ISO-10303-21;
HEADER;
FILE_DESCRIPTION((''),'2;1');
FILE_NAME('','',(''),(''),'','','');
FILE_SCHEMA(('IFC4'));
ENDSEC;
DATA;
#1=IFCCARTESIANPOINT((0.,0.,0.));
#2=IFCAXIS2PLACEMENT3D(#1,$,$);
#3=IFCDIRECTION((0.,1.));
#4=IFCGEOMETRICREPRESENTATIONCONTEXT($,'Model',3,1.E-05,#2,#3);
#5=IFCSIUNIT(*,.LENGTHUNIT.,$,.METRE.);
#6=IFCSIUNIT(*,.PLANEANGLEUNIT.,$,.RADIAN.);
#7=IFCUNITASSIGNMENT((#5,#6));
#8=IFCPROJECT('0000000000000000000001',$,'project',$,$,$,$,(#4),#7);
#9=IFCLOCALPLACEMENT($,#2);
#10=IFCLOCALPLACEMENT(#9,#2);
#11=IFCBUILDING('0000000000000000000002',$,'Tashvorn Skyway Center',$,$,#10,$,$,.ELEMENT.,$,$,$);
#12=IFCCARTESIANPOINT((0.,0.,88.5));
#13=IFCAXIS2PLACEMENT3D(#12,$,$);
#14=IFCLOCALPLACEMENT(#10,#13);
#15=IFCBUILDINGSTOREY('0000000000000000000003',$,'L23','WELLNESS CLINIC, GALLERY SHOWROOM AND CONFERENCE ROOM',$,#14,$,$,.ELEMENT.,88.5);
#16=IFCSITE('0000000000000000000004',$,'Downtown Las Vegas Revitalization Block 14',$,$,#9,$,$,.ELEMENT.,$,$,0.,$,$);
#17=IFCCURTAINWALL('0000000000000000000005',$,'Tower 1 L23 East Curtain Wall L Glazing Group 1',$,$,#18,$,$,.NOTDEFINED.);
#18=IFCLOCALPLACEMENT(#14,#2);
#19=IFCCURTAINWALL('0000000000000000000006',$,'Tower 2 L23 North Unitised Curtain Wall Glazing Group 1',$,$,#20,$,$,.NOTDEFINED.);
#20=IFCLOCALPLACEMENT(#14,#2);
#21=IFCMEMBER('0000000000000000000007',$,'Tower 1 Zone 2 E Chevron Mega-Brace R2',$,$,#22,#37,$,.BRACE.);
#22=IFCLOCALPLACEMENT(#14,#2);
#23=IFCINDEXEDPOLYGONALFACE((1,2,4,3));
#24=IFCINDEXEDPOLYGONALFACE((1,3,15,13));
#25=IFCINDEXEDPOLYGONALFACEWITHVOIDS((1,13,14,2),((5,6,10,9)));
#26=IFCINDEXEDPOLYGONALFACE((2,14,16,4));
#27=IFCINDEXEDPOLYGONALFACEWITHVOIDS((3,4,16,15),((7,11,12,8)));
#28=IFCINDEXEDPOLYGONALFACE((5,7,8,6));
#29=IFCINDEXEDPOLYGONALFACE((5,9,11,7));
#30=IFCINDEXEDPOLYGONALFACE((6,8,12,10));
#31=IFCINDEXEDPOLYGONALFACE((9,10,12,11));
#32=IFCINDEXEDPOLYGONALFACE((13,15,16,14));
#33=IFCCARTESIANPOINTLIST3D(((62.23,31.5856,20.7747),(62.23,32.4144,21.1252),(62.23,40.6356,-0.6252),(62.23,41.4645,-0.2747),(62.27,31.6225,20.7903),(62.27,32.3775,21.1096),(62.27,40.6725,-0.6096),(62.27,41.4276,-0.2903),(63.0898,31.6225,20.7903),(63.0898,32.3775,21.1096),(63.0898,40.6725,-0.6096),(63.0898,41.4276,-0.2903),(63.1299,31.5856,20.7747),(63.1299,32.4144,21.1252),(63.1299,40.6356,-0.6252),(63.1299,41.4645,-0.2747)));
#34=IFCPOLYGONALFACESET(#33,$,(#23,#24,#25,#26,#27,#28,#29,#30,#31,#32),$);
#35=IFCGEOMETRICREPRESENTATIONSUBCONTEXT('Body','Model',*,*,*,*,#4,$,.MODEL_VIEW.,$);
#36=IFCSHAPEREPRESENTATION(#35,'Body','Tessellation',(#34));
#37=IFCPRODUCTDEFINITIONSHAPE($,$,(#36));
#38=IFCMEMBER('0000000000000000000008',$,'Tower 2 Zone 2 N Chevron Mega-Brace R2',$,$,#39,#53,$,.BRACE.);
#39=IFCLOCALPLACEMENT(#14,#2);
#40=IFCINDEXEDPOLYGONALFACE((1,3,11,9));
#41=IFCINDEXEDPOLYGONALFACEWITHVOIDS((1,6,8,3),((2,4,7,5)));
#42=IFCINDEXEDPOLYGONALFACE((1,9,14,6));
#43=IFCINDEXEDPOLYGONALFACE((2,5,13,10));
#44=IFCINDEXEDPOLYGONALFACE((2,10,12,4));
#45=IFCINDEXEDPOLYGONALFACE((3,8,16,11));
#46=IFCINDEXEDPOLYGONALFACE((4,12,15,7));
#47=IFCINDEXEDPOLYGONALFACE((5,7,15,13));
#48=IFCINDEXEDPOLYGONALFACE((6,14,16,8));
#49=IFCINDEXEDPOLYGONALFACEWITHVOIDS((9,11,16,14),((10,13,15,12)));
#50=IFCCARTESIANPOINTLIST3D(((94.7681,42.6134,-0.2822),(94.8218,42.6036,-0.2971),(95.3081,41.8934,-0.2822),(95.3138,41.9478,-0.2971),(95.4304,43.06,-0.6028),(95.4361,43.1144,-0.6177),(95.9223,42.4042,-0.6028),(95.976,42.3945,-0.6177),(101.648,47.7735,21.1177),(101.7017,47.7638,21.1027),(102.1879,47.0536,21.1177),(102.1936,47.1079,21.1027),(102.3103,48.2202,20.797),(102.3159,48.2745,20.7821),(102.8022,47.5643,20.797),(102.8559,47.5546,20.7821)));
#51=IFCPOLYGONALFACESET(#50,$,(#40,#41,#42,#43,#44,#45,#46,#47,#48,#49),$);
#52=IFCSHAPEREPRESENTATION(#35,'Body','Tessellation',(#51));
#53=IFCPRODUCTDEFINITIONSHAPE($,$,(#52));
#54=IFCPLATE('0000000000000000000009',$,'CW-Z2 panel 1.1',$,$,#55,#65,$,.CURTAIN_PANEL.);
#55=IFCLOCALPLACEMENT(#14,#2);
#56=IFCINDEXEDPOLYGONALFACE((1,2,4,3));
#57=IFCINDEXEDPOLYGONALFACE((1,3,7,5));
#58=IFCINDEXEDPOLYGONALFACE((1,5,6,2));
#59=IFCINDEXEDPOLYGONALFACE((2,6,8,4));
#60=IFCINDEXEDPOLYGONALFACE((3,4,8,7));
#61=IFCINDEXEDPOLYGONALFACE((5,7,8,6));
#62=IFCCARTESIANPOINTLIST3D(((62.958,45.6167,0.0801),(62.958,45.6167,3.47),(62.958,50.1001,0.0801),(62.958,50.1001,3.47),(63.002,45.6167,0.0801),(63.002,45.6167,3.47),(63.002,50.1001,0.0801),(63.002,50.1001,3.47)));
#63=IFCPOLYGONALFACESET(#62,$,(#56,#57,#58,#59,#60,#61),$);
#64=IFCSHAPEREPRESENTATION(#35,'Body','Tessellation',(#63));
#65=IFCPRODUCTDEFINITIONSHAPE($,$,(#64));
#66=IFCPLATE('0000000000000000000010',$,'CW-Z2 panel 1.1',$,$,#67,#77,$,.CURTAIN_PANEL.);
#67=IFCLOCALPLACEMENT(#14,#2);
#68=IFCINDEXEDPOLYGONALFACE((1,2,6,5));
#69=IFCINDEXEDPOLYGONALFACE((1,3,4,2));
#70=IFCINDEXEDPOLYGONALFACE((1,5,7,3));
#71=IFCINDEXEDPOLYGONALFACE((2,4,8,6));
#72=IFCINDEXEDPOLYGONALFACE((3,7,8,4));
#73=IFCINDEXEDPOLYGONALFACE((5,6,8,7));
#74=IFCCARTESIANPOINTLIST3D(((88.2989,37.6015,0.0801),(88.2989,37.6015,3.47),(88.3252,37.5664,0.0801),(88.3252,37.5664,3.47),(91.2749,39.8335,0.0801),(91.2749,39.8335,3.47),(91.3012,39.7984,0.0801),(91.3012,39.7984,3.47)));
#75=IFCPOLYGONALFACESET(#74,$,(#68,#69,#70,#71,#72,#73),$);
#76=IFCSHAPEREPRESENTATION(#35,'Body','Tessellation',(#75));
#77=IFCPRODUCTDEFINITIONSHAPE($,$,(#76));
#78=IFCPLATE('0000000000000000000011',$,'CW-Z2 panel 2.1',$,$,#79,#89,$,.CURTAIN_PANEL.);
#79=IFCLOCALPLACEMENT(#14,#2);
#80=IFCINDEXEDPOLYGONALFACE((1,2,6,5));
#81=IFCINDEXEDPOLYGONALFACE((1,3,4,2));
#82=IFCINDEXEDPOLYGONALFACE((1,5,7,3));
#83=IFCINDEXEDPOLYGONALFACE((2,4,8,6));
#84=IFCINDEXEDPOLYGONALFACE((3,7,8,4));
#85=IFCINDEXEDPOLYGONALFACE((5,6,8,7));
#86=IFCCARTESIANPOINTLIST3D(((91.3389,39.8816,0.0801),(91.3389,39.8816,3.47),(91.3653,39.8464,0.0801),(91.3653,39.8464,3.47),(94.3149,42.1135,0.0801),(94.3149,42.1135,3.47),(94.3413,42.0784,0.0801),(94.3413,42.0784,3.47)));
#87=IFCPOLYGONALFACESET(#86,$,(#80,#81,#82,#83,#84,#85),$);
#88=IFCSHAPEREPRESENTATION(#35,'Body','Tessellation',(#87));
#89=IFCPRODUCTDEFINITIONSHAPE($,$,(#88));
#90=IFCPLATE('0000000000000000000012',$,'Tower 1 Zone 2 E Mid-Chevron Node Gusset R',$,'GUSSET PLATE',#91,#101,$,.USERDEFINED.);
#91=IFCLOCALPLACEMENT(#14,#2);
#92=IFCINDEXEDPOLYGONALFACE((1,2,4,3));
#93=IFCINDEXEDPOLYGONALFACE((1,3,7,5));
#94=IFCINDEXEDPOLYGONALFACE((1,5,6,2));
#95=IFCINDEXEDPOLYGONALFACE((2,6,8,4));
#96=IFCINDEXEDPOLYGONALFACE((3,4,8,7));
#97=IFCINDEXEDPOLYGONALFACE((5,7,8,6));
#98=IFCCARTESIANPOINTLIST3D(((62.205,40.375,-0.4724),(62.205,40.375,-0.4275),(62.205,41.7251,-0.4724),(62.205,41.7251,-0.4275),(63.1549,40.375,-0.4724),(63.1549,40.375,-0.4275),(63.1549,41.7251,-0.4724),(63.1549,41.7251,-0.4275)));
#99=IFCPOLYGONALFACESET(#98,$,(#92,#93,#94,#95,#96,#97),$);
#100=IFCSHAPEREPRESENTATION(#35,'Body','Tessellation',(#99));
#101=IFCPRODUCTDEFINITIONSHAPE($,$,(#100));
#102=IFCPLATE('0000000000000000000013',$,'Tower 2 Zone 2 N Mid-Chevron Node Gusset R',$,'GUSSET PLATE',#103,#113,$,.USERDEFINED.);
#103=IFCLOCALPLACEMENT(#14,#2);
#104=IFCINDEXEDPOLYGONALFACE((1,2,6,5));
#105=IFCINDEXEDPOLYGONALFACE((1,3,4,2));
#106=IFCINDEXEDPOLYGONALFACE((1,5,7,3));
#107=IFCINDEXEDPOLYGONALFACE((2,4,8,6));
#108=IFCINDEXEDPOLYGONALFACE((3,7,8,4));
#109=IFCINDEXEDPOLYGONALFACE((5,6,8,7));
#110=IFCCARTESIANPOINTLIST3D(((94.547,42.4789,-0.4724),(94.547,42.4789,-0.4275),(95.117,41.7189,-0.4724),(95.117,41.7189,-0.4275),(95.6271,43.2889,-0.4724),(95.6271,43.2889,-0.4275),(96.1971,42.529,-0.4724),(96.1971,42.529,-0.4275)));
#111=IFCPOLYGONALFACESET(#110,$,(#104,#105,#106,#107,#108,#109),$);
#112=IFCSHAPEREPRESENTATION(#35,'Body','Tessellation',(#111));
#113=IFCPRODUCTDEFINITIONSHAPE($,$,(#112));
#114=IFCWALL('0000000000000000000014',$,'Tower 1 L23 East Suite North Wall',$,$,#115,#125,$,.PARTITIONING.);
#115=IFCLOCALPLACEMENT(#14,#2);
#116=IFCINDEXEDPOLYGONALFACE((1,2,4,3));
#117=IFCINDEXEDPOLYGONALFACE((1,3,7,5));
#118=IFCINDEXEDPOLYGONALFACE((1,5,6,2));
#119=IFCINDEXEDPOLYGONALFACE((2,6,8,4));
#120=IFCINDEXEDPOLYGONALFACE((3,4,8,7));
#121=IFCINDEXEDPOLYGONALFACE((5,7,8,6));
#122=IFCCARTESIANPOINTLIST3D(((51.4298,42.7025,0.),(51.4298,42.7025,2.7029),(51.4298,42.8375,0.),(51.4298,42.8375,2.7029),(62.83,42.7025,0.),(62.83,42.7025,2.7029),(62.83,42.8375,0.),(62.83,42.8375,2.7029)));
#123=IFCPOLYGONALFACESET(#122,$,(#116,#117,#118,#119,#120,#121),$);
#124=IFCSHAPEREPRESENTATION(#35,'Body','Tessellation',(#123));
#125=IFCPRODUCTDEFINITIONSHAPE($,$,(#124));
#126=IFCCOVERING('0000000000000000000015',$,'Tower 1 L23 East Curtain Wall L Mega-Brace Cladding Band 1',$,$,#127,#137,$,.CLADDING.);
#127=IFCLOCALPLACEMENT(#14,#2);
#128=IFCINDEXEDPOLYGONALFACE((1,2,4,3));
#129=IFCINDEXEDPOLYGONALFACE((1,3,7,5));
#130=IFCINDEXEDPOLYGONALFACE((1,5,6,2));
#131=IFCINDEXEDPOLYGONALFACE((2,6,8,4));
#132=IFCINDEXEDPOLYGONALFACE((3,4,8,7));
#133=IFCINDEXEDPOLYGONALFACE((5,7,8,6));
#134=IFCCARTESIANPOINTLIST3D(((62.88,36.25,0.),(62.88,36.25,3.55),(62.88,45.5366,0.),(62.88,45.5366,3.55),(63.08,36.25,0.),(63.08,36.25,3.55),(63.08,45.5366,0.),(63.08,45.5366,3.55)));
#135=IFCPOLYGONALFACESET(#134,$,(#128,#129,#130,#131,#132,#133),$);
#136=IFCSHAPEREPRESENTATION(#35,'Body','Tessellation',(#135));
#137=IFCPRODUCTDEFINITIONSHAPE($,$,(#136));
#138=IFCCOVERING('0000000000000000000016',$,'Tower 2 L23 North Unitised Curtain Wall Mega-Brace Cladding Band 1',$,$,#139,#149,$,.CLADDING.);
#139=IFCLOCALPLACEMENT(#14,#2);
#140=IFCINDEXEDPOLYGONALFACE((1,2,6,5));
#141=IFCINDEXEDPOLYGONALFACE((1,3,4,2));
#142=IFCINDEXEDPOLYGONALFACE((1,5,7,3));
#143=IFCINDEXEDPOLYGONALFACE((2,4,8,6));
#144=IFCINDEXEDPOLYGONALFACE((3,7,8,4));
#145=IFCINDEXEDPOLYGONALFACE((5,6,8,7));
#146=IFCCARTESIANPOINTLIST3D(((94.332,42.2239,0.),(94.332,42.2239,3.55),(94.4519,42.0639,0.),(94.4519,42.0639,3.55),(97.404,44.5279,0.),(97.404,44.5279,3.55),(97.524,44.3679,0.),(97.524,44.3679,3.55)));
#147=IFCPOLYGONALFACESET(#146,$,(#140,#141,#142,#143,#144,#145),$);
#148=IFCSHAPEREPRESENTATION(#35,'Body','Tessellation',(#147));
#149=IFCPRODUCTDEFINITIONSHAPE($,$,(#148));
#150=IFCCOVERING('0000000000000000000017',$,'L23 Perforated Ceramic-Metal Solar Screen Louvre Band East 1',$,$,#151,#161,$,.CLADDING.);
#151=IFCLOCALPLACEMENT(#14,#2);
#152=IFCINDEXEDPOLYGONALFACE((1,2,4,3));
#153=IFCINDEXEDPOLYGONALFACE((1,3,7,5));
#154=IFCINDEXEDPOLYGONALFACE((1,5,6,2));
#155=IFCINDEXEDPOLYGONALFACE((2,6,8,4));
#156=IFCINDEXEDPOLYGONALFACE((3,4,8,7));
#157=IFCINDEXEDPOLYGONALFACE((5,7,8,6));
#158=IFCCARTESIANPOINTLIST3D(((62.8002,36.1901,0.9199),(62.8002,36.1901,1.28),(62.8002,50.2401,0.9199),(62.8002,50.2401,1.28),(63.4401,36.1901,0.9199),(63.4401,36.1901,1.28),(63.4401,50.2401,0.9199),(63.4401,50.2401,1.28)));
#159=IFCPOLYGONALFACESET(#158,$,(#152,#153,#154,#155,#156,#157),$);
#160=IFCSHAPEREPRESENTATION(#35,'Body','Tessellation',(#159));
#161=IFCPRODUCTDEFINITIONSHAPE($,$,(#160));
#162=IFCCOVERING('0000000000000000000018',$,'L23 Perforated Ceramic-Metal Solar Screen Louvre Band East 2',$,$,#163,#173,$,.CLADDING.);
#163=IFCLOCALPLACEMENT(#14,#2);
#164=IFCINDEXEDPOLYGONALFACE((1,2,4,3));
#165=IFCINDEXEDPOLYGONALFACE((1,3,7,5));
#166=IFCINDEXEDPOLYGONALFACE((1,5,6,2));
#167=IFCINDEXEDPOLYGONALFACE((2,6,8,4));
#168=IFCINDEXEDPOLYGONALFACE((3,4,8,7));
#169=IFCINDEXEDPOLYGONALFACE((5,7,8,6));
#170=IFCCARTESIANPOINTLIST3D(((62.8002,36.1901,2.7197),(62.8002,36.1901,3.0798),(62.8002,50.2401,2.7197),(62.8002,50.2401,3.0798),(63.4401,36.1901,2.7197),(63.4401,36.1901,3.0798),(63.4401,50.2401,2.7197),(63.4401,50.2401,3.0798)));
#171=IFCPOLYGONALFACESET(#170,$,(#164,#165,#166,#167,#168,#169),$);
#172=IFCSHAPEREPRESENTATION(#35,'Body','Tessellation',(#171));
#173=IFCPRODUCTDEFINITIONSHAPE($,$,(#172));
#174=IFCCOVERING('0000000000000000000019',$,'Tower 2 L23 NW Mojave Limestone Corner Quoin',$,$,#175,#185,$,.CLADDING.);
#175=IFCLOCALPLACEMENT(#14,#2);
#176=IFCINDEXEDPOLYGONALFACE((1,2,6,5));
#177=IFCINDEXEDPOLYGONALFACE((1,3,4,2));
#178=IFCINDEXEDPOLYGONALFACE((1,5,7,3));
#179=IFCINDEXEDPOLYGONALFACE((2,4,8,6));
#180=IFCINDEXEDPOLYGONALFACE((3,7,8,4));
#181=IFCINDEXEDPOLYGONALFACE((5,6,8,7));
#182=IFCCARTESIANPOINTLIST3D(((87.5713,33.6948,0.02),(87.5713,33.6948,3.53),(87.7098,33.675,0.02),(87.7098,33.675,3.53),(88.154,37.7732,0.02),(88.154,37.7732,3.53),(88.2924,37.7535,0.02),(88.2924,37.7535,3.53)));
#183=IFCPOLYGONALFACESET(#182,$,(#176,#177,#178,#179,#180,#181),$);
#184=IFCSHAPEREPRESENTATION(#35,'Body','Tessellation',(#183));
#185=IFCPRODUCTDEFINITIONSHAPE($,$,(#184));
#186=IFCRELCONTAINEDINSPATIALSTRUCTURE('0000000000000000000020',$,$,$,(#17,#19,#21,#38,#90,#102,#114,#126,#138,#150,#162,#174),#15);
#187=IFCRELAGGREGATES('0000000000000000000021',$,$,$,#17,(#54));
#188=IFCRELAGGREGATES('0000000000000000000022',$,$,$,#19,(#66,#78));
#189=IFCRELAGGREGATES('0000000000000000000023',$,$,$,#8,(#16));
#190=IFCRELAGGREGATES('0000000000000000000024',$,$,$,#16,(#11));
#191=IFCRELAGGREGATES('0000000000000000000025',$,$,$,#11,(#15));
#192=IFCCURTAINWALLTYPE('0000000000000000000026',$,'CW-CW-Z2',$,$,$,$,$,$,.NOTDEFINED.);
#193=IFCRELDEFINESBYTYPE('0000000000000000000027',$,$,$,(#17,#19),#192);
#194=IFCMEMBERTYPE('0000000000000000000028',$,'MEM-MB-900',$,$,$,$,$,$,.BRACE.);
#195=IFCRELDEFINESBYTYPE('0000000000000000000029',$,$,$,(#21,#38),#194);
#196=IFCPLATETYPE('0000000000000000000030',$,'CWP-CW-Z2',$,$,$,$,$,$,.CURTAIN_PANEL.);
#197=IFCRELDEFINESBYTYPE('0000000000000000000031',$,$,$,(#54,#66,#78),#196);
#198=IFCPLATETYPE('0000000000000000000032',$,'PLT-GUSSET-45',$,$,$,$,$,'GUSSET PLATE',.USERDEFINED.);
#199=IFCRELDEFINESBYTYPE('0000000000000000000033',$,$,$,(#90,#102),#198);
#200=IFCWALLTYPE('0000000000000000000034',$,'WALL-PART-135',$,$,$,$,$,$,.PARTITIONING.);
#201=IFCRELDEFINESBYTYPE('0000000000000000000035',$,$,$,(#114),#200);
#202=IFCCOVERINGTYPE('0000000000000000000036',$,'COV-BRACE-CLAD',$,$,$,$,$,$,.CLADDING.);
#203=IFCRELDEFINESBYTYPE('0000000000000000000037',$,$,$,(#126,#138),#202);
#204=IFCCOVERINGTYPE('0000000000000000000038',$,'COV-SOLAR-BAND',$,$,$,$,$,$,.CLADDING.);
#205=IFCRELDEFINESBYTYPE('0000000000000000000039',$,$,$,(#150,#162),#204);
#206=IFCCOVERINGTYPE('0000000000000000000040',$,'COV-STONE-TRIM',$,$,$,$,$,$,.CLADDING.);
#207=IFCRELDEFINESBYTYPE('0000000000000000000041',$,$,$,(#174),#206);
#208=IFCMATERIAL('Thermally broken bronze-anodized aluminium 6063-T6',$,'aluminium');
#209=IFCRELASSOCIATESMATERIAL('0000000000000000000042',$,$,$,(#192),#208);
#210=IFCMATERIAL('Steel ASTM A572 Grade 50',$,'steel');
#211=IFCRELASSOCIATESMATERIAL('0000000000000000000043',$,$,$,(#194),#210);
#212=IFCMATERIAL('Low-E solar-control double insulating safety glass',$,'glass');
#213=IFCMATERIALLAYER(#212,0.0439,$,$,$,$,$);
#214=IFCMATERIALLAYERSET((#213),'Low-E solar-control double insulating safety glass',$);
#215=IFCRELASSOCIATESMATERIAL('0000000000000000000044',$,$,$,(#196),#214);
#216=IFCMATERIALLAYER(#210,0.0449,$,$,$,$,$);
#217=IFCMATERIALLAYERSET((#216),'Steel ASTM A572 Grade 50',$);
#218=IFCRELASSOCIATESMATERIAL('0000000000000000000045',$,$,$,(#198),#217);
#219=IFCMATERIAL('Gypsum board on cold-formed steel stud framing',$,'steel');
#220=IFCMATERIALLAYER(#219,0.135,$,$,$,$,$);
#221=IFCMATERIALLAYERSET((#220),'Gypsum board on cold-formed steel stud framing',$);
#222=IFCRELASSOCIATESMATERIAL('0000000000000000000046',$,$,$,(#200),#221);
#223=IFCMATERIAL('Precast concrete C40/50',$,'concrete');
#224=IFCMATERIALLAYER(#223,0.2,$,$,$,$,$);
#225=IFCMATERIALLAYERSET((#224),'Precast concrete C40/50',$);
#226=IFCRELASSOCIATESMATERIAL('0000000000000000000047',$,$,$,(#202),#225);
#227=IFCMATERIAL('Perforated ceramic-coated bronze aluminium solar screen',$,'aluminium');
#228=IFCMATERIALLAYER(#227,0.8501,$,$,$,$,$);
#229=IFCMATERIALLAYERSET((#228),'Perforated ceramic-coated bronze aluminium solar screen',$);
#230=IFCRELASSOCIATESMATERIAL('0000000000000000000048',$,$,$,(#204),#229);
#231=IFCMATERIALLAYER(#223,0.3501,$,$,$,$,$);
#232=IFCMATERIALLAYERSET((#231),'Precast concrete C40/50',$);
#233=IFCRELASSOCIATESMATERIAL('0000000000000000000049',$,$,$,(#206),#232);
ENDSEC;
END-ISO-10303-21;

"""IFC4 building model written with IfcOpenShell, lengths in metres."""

from ifc_helpers import new_model, si_unit, direction, frame, frame_2d, origin, origin_2d, place, context, subcontext, project, spatial, rectangle, hollow_rectangle, extrude, material, layer, layer_set, material_profile, profile_set, type_object, element, aggregate, save


model = new_model("IFC4")

# Units and contexts
model_context = context("Model", 3, precision=1e-05, world=origin(), true_north=direction((0.0, 1.0)))
body_context = subcontext(model_context, "Body", "Model", "MODEL_VIEW")
ifc_project = project(units=[si_unit("LENGTHUNIT", "METRE"), si_unit("PLANEANGLEUNIT", "RADIAN")], contexts=[model_context])

# Site, building, storey
site_placement = place(None, origin())
site = spatial("IfcSite", under=ifc_project, at=site_placement, Name="Downtown Las Vegas Revitalization Block 14", CompositionType="ELEMENT", RefElevation=0.0)
building_placement = place(site_placement, origin())
building = spatial("IfcBuilding", under=site, at=building_placement, Name="Tashvorn Skyway Center", CompositionType="ELEMENT")
storey_placement = place(building_placement, frame((0.0, 0.0, 88.5)))
storey = spatial("IfcBuildingStorey", under=building, at=storey_placement, Name="L23", Description="WELLNESS CLINIC, GALLERY SHOWROOM AND CONFERENCE ROOM", CompositionType="ELEMENT", Elevation=88.5)

# Shared definitions
ifc_material_1 = material(Name="Steel ASTM A572 Grade 50", Category="steel")

# Curtain walls
ifc_material_2 = material(Name="Thermally broken bronze-anodized aluminium 6063-T6", Category="aluminium")
curtain_wall_type = type_object("IfcCurtainWallType", Name="CW-CW-Z2", PredefinedType="NOTDEFINED", material=ifc_material_2)
curtain_wall_1_placement = place(storey_placement, origin())
curtain_wall_1 = element("IfcCurtainWall", 1, at=curtain_wall_1_placement, inside=storey, type_object=curtain_wall_type, Name="Tower 1 L23 East Curtain Wall L Glazing Group 1", PredefinedType="NOTDEFINED")
curtain_wall_2_placement = place(storey_placement, origin())
curtain_wall_2 = element("IfcCurtainWall", 2, at=curtain_wall_2_placement, inside=storey, type_object=curtain_wall_type, Name="Tower 2 L23 North Unitised Curtain Wall Glazing Group 1", PredefinedType="NOTDEFINED")

# Members
ifc_material_profile_1 = material_profile(ifc_material_1, hollow_rectangle(XDim=0.8999, YDim=0.8999, WallThickness=0.04, at=origin_2d()), Name="BOX900x900x40")
ifc_profile_set_1 = profile_set([ifc_material_profile_1], Name="Steel ASTM A572 Grade 50")
member_type_1 = type_object("IfcMemberType", Name="MEM-MB-900", PredefinedType="BRACE", material=ifc_profile_set_1)
member_1_placement = place(storey_placement, frame((62.6799, 41.05, -0.45), z_axis=(0.0, -0.389503, 0.921025), x_axis=(1.0, 0.0, 0.0)))
element("IfcMember", 3, at=member_1_placement, inside=storey, type_object=member_type_1, Name="Tower 1 Zone 2 E Chevron Mega-Brace R2", PredefinedType="BRACE", context=body_context, shape_type="SweptSolid", body=[
    extrude(hollow_rectangle(XDim=0.8999, YDim=0.8999, WallThickness=0.04, at=origin_2d()), origin(), (0.0, 0.0, 1.0), 23.2349),
])
member_2_placement = place(storey_placement, frame((95.3721, 42.5039, -0.45), z_axis=(0.298304, 0.223739, 0.927877), x_axis=(-0.600018, 0.799986, 0.0)))
element("IfcMember", 4, at=member_2_placement, inside=storey, type_object=member_type_1, Name="Tower 2 Zone 2 N Chevron Mega-Brace R2", PredefinedType="BRACE", context=body_context, shape_type="SweptSolid", body=[
    extrude(hollow_rectangle(XDim=0.8999, YDim=0.8999, WallThickness=0.04, at=origin_2d()), origin(), (0.0, 0.0, 1.0), 23.0632),
])

# Plates
ifc_material_3 = material(Name="Low-E solar-control double insulating safety glass", Category="glass")
ifc_layer_1 = layer(ifc_material_3, 0.0439)
ifc_layer_set_1 = layer_set([ifc_layer_1], Name="Low-E solar-control double insulating safety glass")
plate_type_1 = type_object("IfcPlateType", Name="CWP-CW-Z2", PredefinedType="CURTAIN_PANEL", material=ifc_layer_set_1)
plate_1_placement = place(storey_placement, frame((62.98, 47.8584, 0.0801), z_axis=(0.0, 0.0, 1.0), x_axis=(0.0, -1.0, 0.0)))
plate_1 = element("IfcPlate", 5, at=plate_1_placement, type_object=plate_type_1, Name="CW-Z2 panel 1.1", PredefinedType="CURTAIN_PANEL", context=body_context, shape_type="SweptSolid", body=[
    extrude(rectangle(XDim=4.4834, YDim=0.0439, at=origin_2d()), origin(), (0.0, 0.0, 1.0), 3.3899),
])
aggregate(curtain_wall_1, [plate_1])
plate_2_placement = place(storey_placement, frame((89.8, 38.7, 0.0801), z_axis=(0.0, 0.0, 1.0), x_axis=(0.8, 0.6, 0.0)))
plate_2 = element("IfcPlate", 6, at=plate_2_placement, type_object=plate_type_1, Name="CW-Z2 panel 1.1", PredefinedType="CURTAIN_PANEL", context=body_context, shape_type="SweptSolid", body=[
    extrude(rectangle(XDim=3.72, YDim=0.0439, at=origin_2d()), origin(), (0.0, 0.0, 1.0), 3.3899),
])
plate_3_placement = place(storey_placement, frame((92.8401, 40.98, 0.0801), z_axis=(0.0, 0.0, 1.0), x_axis=(0.8, 0.6, 0.0)))
plate_3 = element("IfcPlate", 7, at=plate_3_placement, type_object=plate_type_1, Name="CW-Z2 panel 2.1", PredefinedType="CURTAIN_PANEL", context=body_context, shape_type="SweptSolid", body=[
    extrude(rectangle(XDim=3.72, YDim=0.0439, at=origin_2d()), origin(), (0.0, 0.0, 1.0), 3.3899),
])
aggregate(curtain_wall_2, [plate_2, plate_3])

# Plates
ifc_layer_2 = layer(ifc_material_1, 0.0449)
ifc_layer_set_2 = layer_set([ifc_layer_2], Name="Steel ASTM A572 Grade 50")
plate_type_2 = type_object("IfcPlateType", Name="PLT-GUSSET-45", ElementType="GUSSET PLATE", PredefinedType="USERDEFINED", material=ifc_layer_set_2)
for number, where, z_axis, x_axis, name in (
    (8, (62.6799, 41.05, -0.4724), (0.0, 0.0, 1.0), (0.0, 1.0, 0.0), "Tower 1 Zone 2 E Mid-Chevron Node Gusset R"),
    (9, (95.3721, 42.5039, -0.4724), (0.0, 0.0, 1.0), (-0.8, -0.6, 0.0), "Tower 2 Zone 2 N Mid-Chevron Node Gusset R"),
):
    element("IfcPlate", number, at=place(storey_placement, frame(where, z_axis=z_axis, x_axis=x_axis)), inside=storey, type_object=plate_type_2, Name=name, ObjectType="GUSSET PLATE", PredefinedType="USERDEFINED", context=body_context, shape_type="SweptSolid", body=[
        extrude(rectangle(XDim=1.3501, YDim=0.95, at=origin_2d()), origin(), (0.0, 0.0, 1.0), 0.0449),
    ])

# Shared definitions
ifc_material_4 = material(Name="Precast concrete C40/50", Category="concrete")

# Wall
ifc_material_5 = material(Name="Gypsum board on cold-formed steel stud framing", Category="steel")
ifc_layer_3 = layer(ifc_material_5, 0.135)
ifc_layer_set_3 = layer_set([ifc_layer_3], Name="Gypsum board on cold-formed steel stud framing")
wall_type_1 = type_object("IfcWallType", Name="WALL-PART-135", PredefinedType="PARTITIONING", material=ifc_layer_set_3)
wall_1_placement = place(storey_placement, frame((62.8301, 42.77, 0.0), z_axis=(0.0, 0.0, 1.0), x_axis=(-1.0, 0.0, 0.0)))
element("IfcWall", 10, at=wall_1_placement, inside=storey, type_object=wall_type_1, Name="Tower 1 L23 East Suite North Wall", PredefinedType="PARTITIONING", context=body_context, shape_type="SweptSolid", body=[
    extrude(rectangle(XDim=11.4001, YDim=0.135, at=frame_2d((5.7002, 0.0))), origin(), (0.0, 0.0, 1.0), 2.7029),
])

# Coverings
ifc_layer_4 = layer(ifc_material_4, 0.2)
ifc_layer_set_4 = layer_set([ifc_layer_4], Name="Precast concrete C40/50")
covering_type_1 = type_object("IfcCoveringType", Name="COV-BRACE-CLAD", PredefinedType="CLADDING", material=ifc_layer_set_4)
covering_1_placement = place(storey_placement, frame((62.98, 40.8933, 0.0), z_axis=(0.0, 0.0, 1.0), x_axis=(0.0, -1.0, 0.0)))
element("IfcCovering", 11, at=covering_1_placement, inside=storey, type_object=covering_type_1, Name="Tower 1 L23 East Curtain Wall L Mega-Brace Cladding Band 1", PredefinedType="CLADDING", context=body_context, shape_type="SweptSolid", body=[
    extrude(rectangle(XDim=9.2866, YDim=0.2, at=origin_2d()), origin(), (0.0, 0.0, 1.0), 3.55),
])
covering_2_placement = place(storey_placement, frame((95.928, 43.2959, 0.0), z_axis=(0.0, 0.0, 1.0), x_axis=(0.8, 0.6, 0.0)))
element("IfcCovering", 12, at=covering_2_placement, inside=storey, type_object=covering_type_1, Name="Tower 2 L23 North Unitised Curtain Wall Mega-Brace Cladding Band 1", PredefinedType="CLADDING", context=body_context, shape_type="SweptSolid", body=[
    extrude(rectangle(XDim=3.8401, YDim=0.2, at=origin_2d()), origin(), (0.0, 0.0, 1.0), 3.55),
])
ifc_material_6 = material(Name="Perforated ceramic-coated bronze aluminium solar screen", Category="aluminium")
ifc_layer_5 = layer(ifc_material_6, 0.8501)
ifc_layer_set_5 = layer_set([ifc_layer_5], Name="Perforated ceramic-coated bronze aluminium solar screen")
covering_type_2 = type_object("IfcCoveringType", Name="COV-SOLAR-BAND", PredefinedType="CLADDING", material=ifc_layer_set_5)
for number, where, z_axis, x_axis, name in (
    (13, (63.1201, 43.2151, 0.9199), (0.0, 0.0, 1.0), (0.0, -1.0, 0.0), "L23 Perforated Ceramic-Metal Solar Screen Louvre Band East 1"),
    (14, (63.1201, 43.2151, 2.7197), (0.0, 0.0, 1.0), (0.0, -1.0, 0.0), "L23 Perforated Ceramic-Metal Solar Screen Louvre Band East 2"),
):
    element("IfcCovering", number, at=place(storey_placement, frame(where, z_axis=z_axis, x_axis=x_axis)), inside=storey, type_object=covering_type_2, Name=name, PredefinedType="CLADDING", context=body_context, shape_type="SweptSolid", body=[
        extrude(rectangle(XDim=14.05, YDim=0.6399, at=origin_2d()), origin(), (0.0, 0.0, 1.0), 0.3601),
    ])
ifc_layer_6 = layer(ifc_material_4, 0.3501)
ifc_layer_set_6 = layer_set([ifc_layer_6], Name="Precast concrete C40/50")
covering_type_3 = type_object("IfcCoveringType", Name="COV-STONE-TRIM", PredefinedType="CLADDING", material=ifc_layer_set_6)
covering_3_placement = place(storey_placement, frame((87.9319, 35.7241, 0.02), z_axis=(0.0, 0.0, 1.0), x_axis=(-0.141421, -0.989949, 0.0)))
element("IfcCovering", 15, at=covering_3_placement, inside=storey, type_object=covering_type_3, Name="Tower 2 L23 NW Mojave Limestone Corner Quoin", PredefinedType="CLADDING", context=body_context, shape_type="SweptSolid", body=[
    extrude(rectangle(XDim=4.1199, YDim=0.1399, at=origin_2d()), origin(), (0.0, 0.0, 1.0), 3.51),
])

save(model, "model.ifc")
